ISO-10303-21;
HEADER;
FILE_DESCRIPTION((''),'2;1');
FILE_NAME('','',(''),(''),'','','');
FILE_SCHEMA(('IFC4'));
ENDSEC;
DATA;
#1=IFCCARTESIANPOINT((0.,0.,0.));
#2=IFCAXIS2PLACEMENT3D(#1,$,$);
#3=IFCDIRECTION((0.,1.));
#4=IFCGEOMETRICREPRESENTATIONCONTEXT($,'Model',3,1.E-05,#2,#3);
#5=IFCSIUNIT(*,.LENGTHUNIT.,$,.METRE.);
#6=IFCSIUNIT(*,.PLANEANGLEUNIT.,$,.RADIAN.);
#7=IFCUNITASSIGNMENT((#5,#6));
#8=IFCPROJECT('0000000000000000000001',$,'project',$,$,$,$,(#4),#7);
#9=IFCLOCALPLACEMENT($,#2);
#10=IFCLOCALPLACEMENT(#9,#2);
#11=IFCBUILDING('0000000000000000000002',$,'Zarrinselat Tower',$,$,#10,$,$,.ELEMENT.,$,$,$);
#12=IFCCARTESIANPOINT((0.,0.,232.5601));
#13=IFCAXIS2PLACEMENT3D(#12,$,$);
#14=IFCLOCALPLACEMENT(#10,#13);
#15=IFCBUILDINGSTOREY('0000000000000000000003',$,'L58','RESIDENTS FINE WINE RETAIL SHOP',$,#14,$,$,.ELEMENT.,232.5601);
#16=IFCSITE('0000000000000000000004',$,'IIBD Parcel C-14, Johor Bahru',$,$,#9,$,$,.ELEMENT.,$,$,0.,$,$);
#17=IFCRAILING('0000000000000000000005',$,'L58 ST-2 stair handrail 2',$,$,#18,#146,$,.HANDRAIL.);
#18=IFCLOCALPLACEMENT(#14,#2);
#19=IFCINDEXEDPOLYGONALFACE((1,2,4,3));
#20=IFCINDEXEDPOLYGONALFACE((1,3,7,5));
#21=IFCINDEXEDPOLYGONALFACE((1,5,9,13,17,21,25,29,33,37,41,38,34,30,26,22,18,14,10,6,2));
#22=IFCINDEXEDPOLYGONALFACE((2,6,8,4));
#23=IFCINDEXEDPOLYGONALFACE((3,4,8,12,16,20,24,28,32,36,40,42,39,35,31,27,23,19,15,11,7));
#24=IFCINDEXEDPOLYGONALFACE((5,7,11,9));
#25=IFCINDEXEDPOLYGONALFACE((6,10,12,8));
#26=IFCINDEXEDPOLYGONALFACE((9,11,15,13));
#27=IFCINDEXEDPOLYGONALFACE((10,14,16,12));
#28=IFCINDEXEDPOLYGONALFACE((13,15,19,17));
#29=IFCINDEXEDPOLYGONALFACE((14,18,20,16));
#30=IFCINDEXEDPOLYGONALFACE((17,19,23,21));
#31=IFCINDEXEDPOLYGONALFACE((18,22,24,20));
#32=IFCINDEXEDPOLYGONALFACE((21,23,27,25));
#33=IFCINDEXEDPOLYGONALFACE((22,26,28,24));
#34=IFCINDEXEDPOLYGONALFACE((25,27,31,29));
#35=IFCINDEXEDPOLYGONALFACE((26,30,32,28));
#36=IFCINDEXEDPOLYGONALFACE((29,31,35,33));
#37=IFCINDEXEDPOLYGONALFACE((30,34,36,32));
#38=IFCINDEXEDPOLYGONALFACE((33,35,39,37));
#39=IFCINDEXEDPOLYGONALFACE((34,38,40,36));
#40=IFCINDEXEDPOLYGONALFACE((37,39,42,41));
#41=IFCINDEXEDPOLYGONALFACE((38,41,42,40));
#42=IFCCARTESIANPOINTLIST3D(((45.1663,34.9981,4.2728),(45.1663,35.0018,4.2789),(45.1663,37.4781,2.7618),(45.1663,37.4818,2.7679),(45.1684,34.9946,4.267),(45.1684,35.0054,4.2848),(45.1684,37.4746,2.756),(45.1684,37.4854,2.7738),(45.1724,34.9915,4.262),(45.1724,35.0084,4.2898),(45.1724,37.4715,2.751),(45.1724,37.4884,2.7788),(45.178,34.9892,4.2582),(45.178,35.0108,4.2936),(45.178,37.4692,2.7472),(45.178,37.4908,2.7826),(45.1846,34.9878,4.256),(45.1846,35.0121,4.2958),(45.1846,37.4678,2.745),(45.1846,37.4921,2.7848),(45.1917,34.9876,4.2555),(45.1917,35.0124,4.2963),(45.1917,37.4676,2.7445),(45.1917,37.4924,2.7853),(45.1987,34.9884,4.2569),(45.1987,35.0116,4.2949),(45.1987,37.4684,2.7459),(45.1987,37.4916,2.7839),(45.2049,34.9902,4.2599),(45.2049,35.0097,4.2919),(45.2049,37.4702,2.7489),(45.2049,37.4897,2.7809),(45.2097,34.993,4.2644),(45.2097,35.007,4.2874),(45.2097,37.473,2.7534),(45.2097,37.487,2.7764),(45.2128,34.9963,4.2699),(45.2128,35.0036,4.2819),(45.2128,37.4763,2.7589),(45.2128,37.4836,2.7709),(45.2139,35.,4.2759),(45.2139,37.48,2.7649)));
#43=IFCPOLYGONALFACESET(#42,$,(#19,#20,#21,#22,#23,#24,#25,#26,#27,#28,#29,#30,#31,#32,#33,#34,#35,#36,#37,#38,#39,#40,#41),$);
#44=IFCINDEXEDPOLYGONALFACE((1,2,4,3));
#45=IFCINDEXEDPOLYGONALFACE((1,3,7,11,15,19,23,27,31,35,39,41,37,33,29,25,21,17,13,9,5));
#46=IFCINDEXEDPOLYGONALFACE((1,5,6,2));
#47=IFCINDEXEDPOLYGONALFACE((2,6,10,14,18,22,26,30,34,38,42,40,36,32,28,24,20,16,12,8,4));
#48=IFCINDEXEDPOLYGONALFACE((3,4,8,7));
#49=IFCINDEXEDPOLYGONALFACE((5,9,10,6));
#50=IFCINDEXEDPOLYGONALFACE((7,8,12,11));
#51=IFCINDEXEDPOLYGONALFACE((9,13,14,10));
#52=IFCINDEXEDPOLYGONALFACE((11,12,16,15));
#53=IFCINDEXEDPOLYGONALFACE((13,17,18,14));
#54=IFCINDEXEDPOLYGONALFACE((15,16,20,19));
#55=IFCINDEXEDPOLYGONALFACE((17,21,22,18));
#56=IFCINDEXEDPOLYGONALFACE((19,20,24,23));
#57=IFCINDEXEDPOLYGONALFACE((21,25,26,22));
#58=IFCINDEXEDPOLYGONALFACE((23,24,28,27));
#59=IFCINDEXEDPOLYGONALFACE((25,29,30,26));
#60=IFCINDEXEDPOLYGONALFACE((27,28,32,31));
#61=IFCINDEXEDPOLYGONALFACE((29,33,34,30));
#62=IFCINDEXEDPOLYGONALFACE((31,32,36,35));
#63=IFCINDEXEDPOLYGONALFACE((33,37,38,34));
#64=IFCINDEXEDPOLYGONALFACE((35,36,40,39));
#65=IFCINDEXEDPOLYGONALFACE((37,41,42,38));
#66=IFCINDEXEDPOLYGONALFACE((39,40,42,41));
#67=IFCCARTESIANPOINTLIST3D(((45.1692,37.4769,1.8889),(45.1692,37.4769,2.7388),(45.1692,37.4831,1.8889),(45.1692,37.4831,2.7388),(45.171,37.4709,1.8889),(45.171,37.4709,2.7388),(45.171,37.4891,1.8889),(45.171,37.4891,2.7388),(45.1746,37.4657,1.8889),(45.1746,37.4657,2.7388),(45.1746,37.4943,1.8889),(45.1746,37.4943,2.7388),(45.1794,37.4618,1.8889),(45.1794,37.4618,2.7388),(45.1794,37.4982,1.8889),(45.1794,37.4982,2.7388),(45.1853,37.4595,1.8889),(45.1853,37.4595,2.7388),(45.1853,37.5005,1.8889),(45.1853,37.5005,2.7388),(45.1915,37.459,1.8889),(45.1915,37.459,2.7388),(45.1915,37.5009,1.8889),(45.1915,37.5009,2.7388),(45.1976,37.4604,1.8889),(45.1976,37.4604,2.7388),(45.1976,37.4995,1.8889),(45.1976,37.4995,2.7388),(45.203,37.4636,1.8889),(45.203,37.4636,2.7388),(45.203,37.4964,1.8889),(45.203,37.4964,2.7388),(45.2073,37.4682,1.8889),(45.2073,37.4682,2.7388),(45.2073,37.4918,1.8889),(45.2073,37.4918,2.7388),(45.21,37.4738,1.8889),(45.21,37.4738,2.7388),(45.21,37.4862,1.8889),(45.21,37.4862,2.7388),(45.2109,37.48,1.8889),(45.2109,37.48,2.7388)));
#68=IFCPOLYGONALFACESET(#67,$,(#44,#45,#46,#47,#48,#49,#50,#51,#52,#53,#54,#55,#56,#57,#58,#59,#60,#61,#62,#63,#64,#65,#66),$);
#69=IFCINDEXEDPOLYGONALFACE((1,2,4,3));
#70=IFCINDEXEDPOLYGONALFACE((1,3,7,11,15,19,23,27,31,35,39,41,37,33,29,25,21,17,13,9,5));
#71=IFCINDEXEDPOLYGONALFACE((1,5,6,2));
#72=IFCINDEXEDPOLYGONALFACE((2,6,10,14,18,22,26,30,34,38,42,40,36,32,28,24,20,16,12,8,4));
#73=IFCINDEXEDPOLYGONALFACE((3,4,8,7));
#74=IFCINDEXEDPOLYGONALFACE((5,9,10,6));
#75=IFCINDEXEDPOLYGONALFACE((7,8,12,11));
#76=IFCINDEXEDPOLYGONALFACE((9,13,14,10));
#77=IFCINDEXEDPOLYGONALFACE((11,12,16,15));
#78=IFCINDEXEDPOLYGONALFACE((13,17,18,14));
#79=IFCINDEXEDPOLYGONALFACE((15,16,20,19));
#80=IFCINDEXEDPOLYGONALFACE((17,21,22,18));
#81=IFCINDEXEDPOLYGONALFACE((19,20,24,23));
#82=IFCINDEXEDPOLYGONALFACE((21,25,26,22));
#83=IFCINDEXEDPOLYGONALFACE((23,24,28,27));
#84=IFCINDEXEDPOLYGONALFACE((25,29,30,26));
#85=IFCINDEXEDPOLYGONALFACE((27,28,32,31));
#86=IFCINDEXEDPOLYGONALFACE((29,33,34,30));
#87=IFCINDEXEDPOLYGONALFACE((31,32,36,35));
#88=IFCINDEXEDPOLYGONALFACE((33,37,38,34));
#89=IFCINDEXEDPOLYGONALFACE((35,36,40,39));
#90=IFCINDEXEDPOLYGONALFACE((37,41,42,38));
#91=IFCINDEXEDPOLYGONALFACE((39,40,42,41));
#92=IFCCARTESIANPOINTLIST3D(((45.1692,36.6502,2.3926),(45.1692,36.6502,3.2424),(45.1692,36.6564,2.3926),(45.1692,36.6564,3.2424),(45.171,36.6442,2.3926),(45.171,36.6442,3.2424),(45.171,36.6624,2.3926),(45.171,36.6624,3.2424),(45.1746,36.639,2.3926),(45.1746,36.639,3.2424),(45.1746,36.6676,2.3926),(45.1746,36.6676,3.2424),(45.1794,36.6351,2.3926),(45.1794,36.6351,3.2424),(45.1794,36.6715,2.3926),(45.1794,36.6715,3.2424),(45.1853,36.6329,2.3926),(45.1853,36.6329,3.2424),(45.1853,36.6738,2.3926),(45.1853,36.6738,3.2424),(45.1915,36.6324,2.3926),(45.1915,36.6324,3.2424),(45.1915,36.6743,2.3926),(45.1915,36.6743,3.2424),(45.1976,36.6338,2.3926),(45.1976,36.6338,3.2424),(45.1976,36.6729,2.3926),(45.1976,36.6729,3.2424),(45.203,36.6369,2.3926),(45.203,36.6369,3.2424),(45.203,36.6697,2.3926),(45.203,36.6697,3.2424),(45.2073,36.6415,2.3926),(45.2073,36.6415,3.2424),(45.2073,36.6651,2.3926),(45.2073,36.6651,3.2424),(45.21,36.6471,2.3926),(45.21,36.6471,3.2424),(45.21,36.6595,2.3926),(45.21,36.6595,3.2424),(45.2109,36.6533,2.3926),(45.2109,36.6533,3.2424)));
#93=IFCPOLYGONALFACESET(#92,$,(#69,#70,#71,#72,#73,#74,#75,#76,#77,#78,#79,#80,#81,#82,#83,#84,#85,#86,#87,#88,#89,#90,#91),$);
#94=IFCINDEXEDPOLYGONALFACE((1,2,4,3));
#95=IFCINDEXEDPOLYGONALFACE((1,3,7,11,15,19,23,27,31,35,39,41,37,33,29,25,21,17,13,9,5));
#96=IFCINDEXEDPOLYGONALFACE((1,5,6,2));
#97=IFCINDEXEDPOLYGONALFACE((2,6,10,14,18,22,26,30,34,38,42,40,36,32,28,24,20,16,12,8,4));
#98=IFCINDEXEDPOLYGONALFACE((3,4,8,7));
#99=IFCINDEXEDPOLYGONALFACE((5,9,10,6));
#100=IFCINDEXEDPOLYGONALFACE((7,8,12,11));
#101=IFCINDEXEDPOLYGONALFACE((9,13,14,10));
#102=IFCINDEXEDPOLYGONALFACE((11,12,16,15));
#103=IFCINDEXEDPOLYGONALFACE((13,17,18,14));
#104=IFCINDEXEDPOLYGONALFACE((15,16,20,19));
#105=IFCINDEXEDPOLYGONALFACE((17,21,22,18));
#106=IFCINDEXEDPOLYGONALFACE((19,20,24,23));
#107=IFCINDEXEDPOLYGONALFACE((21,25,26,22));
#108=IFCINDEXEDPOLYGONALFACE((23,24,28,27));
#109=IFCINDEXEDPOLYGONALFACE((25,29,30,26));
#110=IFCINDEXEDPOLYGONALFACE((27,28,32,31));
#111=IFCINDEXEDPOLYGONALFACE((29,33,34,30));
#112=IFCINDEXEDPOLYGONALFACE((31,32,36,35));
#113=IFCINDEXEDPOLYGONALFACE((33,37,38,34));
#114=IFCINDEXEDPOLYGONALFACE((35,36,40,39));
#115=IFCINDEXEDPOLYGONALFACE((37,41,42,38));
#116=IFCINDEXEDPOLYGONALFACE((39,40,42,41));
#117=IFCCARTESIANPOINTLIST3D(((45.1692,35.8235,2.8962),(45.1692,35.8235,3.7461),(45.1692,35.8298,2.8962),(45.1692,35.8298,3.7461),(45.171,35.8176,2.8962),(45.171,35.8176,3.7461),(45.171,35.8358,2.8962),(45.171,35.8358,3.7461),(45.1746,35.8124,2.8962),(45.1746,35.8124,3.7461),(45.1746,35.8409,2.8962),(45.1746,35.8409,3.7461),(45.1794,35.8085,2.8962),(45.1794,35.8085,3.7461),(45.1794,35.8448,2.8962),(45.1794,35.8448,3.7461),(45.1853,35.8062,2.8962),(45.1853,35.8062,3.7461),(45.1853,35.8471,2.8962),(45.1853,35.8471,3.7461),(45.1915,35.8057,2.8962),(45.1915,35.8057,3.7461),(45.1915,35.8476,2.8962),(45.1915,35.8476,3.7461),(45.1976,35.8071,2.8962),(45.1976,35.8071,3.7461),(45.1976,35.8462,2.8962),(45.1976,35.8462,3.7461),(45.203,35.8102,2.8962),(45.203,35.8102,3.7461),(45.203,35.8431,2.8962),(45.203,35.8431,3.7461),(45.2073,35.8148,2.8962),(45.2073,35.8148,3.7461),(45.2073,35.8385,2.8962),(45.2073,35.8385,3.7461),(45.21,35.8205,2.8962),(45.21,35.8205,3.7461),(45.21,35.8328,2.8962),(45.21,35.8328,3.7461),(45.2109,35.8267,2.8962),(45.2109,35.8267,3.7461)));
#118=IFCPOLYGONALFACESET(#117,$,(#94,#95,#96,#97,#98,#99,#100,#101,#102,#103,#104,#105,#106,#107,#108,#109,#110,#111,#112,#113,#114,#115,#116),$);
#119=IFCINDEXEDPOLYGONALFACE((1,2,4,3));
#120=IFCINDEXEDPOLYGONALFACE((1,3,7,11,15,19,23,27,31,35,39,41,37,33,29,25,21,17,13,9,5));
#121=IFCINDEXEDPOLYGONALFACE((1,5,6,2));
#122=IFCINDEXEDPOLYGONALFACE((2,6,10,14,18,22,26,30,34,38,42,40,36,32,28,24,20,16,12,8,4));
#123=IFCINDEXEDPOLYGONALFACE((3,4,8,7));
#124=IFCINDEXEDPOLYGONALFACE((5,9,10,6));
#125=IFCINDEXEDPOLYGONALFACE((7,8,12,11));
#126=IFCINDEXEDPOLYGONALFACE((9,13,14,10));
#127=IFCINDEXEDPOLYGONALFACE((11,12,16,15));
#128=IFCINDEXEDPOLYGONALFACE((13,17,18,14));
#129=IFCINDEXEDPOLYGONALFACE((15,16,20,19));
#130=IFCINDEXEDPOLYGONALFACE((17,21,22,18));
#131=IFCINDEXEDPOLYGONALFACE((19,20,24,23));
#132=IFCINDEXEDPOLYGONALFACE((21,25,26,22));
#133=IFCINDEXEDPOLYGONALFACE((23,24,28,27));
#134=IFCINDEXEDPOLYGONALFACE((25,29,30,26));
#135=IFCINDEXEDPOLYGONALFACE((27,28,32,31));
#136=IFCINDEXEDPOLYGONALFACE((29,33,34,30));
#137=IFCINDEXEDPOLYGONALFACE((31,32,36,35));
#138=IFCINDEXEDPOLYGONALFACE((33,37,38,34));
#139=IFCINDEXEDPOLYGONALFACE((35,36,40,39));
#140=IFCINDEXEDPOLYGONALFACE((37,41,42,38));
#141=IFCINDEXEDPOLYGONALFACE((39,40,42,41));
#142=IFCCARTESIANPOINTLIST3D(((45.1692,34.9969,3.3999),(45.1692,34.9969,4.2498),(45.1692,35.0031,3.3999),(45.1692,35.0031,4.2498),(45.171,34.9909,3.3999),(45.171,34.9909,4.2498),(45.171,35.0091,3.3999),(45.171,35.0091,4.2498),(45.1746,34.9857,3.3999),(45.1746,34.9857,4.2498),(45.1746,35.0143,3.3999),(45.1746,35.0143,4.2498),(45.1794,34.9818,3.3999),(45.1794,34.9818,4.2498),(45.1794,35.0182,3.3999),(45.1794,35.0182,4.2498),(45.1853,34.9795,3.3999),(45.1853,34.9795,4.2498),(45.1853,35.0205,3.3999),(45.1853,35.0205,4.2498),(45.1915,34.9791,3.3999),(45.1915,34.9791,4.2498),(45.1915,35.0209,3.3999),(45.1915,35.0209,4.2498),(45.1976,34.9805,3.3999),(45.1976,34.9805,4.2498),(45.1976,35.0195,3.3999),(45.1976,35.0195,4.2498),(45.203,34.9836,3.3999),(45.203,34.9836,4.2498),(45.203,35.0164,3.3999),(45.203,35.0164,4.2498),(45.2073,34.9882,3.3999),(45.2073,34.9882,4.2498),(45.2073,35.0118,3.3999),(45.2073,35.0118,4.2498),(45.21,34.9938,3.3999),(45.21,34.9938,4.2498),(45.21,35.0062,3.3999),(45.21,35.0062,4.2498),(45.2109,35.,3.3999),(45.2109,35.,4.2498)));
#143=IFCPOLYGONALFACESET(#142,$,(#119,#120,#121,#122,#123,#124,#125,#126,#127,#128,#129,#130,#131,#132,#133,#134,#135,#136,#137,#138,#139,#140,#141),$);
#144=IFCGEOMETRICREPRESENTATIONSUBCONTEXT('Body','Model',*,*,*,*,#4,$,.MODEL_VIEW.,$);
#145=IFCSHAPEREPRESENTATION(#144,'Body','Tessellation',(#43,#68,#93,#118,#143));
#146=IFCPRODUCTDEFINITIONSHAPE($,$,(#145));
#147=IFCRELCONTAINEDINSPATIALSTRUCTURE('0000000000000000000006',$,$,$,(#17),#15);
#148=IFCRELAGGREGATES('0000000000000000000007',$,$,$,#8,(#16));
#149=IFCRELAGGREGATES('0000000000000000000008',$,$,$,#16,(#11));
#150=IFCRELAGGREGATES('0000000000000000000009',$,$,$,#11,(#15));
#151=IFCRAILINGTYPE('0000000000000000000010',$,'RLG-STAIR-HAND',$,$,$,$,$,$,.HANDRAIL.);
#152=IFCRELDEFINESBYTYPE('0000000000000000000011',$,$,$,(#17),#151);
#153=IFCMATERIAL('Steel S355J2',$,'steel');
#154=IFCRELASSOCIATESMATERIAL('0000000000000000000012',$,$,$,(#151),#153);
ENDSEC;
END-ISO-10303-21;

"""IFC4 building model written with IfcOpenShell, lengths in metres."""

from ifc_helpers import new_model, si_unit, direction, frame, origin, origin_2d, place, context, subcontext, project, spatial, circle, extrude, material, type_object, element, save


model = new_model("IFC4")

# Units and contexts
model_context = context("Model", 3, precision=1e-05, world=origin(), true_north=direction((0.0, 1.0)))
body_context = subcontext(model_context, "Body", "Model", "MODEL_VIEW")
ifc_project = project(units=[si_unit("LENGTHUNIT", "METRE"), si_unit("PLANEANGLEUNIT", "RADIAN")], contexts=[model_context])

# Site, building, storey
site_placement = place(None, origin())
site = spatial("IfcSite", under=ifc_project, at=site_placement, Name="IIBD Parcel C-14, Johor Bahru", CompositionType="ELEMENT", RefElevation=0.0)
building_placement = place(site_placement, origin())
building = spatial("IfcBuilding", under=site, at=building_placement, Name="Zarrinselat Tower", CompositionType="ELEMENT")
storey_placement = place(building_placement, frame((0.0, 0.0, 232.5601)))
storey = spatial("IfcBuildingStorey", under=building, at=storey_placement, Name="L58", Description="RESIDENTS FINE WINE RETAIL SHOP", CompositionType="ELEMENT", Elevation=232.5601)

# Railing
ifc_material_1 = material(Name="Steel S355J2", Category="steel")
railing_type = type_object("IfcRailingType", Name="RLG-STAIR-HAND", PredefinedType="HANDRAIL", material=ifc_material_1)
railing_placement = place(storey_placement, frame((45.1899, 37.48, 1.8889)))
element("IfcRailing", 1, at=railing_placement, inside=storey, type_object=railing_type, Name="L58 ST-2 stair handrail 2", PredefinedType="HANDRAIL", context=body_context, shape_type="SweptSolid", body=[
    extrude(circle(Radius=0.0239, at=origin_2d()), frame((0.0, 0.0, 0.876), z_axis=(0.0, -0.853979, 0.520307), x_axis=(1.0, 0.0, 0.0)), (0.0, 0.0, 1.0), 2.9041),
    extrude(circle(Radius=0.021, at=origin_2d()), origin(), (0.0, 0.0, 1.0), 0.8499),
    extrude(circle(Radius=0.021, at=origin_2d()), frame((0.0, -0.8267, 0.5037)), (0.0, 0.0, 1.0), 0.8499),
    extrude(circle(Radius=0.021, at=origin_2d()), frame((0.0, -1.6533, 1.0073)), (0.0, 0.0, 1.0), 0.8499),
    extrude(circle(Radius=0.021, at=origin_2d()), frame((0.0, -2.48, 1.511)), (0.0, 0.0, 1.0), 0.8499),
])

save(model, "model.ifc")
